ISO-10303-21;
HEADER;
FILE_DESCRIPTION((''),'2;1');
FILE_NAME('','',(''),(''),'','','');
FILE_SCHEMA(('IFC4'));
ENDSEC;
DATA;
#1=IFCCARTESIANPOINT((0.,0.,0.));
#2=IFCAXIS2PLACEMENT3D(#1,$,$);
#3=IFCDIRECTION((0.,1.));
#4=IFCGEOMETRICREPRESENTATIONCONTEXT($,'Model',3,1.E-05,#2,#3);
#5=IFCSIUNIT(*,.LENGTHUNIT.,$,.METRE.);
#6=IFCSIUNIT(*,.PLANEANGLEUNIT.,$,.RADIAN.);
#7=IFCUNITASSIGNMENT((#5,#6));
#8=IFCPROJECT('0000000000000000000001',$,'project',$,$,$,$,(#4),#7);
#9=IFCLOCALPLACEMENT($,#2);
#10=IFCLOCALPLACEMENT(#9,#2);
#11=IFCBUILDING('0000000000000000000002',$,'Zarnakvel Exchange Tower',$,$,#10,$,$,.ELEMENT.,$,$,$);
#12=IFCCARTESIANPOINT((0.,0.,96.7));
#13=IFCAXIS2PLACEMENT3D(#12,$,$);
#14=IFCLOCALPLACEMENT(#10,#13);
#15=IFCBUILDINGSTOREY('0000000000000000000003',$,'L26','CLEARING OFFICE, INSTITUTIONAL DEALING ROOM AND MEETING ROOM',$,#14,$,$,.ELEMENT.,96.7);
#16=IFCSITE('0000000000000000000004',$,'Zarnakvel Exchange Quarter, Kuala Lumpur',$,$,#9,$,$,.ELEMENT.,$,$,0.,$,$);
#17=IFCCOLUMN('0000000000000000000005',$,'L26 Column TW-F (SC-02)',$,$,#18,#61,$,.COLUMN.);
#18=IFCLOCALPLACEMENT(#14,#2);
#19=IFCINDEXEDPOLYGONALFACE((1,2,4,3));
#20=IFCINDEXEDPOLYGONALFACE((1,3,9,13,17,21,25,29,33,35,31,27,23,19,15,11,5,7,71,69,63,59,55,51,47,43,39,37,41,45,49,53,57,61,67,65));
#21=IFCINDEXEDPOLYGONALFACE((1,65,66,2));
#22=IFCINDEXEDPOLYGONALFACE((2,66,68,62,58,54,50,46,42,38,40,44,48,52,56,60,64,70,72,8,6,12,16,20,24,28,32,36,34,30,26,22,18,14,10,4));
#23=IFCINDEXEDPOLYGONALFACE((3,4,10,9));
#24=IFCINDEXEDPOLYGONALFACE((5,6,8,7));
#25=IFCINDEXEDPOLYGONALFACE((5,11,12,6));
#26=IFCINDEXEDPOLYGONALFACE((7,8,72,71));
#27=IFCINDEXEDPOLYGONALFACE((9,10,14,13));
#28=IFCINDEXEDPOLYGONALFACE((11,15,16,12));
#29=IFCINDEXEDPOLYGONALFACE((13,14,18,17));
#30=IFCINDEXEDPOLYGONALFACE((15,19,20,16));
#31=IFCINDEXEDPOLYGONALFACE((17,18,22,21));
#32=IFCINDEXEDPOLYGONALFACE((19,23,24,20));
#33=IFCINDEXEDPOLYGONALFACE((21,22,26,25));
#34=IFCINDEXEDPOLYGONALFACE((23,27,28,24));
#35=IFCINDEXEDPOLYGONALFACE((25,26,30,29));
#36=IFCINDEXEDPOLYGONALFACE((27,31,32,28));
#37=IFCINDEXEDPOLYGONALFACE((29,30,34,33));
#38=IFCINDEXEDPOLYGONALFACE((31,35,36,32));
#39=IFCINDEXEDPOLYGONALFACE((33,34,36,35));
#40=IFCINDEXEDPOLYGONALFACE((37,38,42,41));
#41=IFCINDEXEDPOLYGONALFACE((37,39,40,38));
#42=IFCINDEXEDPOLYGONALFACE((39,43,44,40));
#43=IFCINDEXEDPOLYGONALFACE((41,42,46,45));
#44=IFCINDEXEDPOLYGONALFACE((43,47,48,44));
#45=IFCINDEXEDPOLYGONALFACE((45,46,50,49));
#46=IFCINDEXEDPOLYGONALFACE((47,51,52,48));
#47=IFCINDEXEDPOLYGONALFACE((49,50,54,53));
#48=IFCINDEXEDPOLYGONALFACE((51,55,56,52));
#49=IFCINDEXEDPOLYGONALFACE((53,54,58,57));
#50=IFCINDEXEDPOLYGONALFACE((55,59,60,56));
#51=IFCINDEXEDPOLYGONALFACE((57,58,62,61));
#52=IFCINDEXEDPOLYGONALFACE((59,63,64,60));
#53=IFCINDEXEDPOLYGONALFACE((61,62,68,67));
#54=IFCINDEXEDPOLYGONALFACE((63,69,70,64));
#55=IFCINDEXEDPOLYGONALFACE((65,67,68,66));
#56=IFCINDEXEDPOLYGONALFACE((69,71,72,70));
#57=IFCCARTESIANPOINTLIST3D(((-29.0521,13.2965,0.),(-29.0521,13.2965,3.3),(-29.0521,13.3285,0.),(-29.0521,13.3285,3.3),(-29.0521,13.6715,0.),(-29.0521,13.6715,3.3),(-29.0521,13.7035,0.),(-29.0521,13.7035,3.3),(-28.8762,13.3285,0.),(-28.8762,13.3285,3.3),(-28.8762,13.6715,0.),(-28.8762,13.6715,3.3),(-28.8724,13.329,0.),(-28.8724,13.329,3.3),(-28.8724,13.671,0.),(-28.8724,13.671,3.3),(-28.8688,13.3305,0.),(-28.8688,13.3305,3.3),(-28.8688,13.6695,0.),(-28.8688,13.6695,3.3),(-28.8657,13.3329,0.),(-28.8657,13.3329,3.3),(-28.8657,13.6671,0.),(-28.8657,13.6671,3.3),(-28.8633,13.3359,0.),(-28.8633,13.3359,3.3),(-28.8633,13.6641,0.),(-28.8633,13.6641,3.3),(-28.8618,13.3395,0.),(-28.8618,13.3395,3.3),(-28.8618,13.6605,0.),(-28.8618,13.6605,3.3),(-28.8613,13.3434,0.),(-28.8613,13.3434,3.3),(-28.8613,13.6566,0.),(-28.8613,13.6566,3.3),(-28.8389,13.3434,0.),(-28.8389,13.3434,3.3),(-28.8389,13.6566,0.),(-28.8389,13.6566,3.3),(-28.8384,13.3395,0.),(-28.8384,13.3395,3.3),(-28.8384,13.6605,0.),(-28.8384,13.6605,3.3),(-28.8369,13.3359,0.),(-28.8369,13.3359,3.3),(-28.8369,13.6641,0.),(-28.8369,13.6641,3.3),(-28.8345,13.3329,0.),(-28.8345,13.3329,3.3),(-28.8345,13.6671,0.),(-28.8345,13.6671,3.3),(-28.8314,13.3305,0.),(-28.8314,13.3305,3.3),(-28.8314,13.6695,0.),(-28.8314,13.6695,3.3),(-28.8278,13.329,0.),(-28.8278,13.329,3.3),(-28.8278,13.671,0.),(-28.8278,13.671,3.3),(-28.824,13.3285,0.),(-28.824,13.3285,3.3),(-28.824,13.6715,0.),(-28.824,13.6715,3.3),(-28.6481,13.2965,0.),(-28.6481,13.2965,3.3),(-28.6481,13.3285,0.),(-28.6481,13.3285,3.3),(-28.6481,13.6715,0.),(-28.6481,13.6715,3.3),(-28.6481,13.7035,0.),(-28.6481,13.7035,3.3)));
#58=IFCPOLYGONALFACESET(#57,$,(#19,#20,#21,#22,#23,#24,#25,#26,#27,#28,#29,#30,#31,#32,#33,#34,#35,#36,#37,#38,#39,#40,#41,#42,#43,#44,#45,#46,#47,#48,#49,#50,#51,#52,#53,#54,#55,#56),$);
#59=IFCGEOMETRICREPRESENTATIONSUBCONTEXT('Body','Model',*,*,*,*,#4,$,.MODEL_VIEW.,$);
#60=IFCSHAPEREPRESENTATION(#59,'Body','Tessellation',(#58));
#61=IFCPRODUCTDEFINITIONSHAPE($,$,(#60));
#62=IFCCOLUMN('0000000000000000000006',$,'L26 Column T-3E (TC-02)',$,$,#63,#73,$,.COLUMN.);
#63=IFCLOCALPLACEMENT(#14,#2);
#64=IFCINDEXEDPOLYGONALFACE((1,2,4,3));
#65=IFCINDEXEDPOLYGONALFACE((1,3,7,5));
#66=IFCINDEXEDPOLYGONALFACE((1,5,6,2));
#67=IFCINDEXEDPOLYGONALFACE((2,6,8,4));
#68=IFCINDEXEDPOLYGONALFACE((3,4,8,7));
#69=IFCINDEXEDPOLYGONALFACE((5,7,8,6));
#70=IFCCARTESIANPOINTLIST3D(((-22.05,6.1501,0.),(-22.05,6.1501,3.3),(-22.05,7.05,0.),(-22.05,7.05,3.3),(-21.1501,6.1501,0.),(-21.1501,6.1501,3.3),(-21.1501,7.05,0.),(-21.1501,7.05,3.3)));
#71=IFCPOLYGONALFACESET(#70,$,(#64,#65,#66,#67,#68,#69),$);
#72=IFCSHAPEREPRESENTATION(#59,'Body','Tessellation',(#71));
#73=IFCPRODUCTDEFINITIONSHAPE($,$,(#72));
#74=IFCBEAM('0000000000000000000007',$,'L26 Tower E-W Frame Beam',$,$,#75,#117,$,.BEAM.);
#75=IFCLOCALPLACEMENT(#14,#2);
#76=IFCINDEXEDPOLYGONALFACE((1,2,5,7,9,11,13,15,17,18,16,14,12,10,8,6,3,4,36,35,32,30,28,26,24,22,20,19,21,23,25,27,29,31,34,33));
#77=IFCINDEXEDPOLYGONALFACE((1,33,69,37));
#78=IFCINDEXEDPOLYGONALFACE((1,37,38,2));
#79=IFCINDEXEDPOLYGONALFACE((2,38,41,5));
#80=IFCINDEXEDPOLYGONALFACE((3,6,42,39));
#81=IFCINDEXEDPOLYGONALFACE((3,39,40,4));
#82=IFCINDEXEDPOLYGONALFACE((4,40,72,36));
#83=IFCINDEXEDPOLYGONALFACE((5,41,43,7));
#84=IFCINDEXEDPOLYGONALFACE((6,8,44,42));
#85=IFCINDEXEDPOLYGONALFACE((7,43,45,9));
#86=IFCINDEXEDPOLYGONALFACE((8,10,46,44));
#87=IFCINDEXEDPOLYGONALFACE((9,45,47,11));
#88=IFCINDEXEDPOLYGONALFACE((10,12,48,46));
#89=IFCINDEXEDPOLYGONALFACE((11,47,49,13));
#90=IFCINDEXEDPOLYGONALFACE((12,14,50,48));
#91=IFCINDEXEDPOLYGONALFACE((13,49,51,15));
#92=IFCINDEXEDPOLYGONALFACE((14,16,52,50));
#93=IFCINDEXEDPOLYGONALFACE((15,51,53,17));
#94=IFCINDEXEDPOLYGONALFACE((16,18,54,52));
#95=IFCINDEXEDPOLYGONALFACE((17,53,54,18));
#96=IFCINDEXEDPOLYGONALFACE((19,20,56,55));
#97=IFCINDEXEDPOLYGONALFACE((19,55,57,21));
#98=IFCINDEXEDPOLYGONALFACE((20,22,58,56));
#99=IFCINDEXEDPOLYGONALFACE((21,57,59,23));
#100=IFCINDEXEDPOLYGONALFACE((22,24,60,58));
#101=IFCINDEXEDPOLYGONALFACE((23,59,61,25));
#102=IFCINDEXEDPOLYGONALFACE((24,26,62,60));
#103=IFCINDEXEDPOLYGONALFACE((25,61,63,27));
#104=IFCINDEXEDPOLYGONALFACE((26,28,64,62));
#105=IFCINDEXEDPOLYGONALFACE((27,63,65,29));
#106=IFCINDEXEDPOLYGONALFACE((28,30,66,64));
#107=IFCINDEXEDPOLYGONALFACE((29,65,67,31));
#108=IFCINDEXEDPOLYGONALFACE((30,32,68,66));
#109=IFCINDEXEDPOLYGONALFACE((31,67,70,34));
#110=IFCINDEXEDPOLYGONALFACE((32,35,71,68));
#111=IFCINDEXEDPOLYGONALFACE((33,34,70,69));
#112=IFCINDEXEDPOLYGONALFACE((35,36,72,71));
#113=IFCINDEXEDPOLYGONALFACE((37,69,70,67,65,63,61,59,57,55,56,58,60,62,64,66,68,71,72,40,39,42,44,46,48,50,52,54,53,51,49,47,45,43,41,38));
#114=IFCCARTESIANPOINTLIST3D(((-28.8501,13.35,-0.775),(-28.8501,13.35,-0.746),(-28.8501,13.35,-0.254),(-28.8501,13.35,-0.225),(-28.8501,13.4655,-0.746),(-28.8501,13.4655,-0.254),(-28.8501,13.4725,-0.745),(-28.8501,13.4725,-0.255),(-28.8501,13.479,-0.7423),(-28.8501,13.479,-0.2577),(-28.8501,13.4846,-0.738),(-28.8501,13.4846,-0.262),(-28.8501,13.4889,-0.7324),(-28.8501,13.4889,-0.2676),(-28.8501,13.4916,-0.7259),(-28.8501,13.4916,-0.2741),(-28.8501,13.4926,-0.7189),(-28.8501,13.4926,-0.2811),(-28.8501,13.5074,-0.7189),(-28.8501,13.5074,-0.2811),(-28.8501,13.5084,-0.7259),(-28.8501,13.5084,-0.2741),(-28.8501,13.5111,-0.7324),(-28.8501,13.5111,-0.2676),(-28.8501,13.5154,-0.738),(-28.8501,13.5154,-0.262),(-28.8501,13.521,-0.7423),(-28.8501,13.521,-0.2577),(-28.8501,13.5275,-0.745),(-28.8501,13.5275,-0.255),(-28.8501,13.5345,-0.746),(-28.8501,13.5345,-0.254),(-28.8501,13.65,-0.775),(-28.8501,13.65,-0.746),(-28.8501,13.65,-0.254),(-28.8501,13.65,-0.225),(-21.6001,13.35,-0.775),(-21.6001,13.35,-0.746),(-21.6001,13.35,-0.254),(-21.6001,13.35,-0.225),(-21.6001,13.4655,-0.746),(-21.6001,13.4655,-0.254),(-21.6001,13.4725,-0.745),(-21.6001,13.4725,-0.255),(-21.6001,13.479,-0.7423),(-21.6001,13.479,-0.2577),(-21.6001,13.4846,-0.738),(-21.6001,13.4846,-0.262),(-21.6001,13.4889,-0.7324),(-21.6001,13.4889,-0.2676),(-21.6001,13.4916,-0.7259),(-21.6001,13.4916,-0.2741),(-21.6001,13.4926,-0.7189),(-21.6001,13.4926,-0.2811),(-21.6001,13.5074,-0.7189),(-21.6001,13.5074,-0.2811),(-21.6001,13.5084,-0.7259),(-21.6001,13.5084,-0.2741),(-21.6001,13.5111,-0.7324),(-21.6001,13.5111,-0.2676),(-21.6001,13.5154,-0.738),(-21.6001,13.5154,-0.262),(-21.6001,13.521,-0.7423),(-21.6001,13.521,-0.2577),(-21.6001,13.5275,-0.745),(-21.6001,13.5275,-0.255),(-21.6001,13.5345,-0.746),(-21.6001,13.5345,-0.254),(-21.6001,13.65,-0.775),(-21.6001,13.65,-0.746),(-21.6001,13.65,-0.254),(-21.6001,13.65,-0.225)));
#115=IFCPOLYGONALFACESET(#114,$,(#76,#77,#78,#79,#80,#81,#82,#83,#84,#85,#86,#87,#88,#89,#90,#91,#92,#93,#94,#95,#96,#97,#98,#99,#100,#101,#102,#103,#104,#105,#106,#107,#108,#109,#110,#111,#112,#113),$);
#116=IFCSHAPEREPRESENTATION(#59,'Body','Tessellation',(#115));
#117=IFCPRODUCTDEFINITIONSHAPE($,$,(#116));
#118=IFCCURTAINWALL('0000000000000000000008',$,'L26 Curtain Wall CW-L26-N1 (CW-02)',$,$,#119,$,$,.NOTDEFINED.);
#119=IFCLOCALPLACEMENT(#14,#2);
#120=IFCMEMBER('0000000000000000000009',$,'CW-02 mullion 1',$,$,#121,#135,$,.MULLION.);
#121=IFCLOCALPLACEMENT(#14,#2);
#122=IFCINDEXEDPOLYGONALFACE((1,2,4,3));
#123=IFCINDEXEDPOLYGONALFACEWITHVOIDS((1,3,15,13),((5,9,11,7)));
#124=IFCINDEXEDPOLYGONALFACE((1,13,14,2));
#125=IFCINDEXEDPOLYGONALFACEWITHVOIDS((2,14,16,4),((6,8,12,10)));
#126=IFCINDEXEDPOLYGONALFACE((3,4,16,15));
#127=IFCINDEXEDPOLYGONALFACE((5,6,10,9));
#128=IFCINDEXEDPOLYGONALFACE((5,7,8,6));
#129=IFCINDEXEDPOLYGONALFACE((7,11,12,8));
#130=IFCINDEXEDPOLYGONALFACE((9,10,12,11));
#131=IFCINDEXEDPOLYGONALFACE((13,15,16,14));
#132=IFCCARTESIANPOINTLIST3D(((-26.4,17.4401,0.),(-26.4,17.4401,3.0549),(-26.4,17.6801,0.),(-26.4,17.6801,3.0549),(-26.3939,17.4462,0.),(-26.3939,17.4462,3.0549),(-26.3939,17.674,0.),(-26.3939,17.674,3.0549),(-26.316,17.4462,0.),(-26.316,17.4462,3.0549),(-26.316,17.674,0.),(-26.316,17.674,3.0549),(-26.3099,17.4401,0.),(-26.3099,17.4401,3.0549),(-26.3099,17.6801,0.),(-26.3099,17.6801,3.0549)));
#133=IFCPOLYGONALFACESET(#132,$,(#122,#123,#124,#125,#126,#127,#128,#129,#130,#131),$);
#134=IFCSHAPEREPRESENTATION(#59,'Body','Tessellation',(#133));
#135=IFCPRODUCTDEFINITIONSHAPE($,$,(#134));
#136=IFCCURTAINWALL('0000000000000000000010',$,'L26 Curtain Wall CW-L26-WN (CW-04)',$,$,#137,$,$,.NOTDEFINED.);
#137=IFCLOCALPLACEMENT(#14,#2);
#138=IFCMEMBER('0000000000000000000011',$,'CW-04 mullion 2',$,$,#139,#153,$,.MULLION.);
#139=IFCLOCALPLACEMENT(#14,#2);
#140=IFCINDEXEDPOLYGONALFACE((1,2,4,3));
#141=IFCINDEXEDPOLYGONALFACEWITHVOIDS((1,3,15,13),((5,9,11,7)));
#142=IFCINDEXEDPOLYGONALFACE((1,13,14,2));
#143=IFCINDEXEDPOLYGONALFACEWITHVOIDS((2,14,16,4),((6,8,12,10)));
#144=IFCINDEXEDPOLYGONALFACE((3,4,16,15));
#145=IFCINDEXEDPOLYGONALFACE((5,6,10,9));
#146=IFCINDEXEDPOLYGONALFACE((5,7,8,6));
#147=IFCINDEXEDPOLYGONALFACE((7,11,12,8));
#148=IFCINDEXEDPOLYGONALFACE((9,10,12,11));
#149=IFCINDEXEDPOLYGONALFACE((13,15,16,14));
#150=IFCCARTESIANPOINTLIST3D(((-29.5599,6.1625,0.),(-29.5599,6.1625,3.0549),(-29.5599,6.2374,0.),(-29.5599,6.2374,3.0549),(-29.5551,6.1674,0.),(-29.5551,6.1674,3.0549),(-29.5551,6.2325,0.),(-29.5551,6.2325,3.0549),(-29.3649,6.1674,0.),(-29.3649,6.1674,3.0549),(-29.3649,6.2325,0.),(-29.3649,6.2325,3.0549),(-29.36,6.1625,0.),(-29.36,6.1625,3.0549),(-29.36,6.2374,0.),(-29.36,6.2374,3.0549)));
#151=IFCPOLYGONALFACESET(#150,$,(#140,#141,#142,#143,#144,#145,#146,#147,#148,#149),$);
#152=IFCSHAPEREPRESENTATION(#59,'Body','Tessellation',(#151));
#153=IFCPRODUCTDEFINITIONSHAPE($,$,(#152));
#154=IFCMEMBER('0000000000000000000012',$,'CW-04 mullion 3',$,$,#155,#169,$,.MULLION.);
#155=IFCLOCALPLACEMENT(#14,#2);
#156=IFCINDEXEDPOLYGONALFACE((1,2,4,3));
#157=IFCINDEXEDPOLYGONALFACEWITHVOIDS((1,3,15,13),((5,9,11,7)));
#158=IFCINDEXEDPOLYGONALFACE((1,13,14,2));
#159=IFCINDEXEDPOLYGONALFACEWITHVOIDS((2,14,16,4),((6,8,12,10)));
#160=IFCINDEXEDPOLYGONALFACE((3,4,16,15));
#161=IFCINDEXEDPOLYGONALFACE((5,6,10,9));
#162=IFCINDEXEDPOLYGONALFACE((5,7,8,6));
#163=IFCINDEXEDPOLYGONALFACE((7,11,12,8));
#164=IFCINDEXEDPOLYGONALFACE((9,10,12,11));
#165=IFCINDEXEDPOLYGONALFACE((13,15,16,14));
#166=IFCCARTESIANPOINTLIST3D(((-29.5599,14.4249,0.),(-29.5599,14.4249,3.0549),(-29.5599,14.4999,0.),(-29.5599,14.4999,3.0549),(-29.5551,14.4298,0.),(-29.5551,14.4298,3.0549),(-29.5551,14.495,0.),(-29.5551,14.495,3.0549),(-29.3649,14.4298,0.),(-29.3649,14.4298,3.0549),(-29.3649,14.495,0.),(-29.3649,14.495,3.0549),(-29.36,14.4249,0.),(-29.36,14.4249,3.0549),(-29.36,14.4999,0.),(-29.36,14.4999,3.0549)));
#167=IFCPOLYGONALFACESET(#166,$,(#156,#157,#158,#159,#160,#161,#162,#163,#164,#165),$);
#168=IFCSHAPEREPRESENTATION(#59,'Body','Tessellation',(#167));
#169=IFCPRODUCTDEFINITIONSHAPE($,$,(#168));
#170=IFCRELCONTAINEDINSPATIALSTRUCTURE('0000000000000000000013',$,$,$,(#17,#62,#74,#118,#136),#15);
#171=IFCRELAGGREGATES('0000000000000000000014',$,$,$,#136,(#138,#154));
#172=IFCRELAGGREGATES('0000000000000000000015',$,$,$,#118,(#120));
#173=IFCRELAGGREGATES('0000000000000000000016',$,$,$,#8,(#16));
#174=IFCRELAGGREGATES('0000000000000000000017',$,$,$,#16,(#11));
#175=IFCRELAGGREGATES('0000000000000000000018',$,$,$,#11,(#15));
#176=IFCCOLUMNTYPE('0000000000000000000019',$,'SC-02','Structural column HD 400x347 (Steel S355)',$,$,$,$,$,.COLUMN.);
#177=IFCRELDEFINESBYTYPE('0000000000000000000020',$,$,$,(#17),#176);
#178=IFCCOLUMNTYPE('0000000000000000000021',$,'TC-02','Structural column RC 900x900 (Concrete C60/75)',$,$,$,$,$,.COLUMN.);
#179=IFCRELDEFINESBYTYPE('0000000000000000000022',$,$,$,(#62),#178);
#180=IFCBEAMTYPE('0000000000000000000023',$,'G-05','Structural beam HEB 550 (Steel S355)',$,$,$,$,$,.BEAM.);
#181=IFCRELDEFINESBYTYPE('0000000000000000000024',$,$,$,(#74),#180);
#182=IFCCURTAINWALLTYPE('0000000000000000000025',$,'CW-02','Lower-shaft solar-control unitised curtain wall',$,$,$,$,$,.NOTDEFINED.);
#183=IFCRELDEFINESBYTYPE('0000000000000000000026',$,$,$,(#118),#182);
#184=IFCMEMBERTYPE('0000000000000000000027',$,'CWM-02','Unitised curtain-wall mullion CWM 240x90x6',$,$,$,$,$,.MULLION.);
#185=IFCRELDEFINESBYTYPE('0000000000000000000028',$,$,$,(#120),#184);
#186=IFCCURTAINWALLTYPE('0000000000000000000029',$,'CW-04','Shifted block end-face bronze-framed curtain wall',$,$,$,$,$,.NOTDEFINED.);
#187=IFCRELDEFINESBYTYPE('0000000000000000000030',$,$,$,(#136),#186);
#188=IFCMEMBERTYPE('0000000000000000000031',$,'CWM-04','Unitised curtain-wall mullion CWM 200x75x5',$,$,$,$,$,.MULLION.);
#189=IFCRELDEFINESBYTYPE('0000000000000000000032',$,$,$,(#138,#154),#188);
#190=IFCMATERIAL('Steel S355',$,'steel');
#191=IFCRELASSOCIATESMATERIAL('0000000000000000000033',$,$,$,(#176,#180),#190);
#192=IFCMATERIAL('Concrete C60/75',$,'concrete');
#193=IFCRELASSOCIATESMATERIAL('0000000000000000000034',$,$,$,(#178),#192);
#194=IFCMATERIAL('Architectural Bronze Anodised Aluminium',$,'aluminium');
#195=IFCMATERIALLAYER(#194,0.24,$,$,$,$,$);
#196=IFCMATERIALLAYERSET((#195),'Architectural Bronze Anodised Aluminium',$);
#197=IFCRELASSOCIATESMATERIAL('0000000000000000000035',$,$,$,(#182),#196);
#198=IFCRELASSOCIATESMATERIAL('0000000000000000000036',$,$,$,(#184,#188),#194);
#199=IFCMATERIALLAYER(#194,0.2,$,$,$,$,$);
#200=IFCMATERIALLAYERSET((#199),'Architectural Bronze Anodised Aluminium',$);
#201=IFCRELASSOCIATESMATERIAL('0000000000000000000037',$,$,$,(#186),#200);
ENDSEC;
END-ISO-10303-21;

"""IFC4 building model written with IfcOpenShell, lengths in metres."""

from ifc_helpers import new_model, si_unit, direction, frame, origin, origin_2d, place, context, subcontext, project, spatial, rectangle, hollow_rectangle, i_section, extrude, source, transform, mapped, material, layer, layer_set, material_profile, profile_set, type_object, element, aggregate, save


model = new_model("IFC4")

# Units and contexts
model_context = context("Model", 3, precision=1e-05, world=origin(), true_north=direction((0.0, 1.0)))
body_context = subcontext(model_context, "Body", "Model", "MODEL_VIEW")
ifc_project = project(units=[si_unit("LENGTHUNIT", "METRE"), si_unit("PLANEANGLEUNIT", "RADIAN")], contexts=[model_context])

# Site, building, storey
site_placement = place(None, origin())
site = spatial("IfcSite", under=ifc_project, at=site_placement, Name="Zarnakvel Exchange Quarter, Kuala Lumpur", CompositionType="ELEMENT", RefElevation=0.0)
building_placement = place(site_placement, origin())
building = spatial("IfcBuilding", under=site, at=building_placement, Name="Zarnakvel Exchange Tower", CompositionType="ELEMENT")
storey_placement = place(building_placement, frame((0.0, 0.0, 96.7)))
storey = spatial("IfcBuildingStorey", under=building, at=storey_placement, Name="L26", Description="CLEARING OFFICE, INSTITUTIONAL DEALING ROOM AND MEETING ROOM", CompositionType="ELEMENT", Elevation=96.7)

# Columns
ifc_material_1 = material(Name="Steel S355", Category="steel")
ifc_material_profile_1 = material_profile(ifc_material_1, i_section(OverallWidth=0.4041, OverallDepth=0.407, WebThickness=0.0225, FlangeThickness=0.032, FilletRadius=0.0149, at=origin_2d()))
ifc_profile_set_1 = profile_set([ifc_material_profile_1], Name="Steel S355")
column_type_1 = type_object("IfcColumnType", Name="SC-02", Description="Structural column HD 400x347 (Steel S355)", PredefinedType="COLUMN", material=ifc_profile_set_1)
column_1_placement = place(storey_placement, frame((-28.8501, 13.5, 0.0), z_axis=(0.0, 0.0, 1.0), x_axis=(1.0, 0.0, 0.0)))
element("IfcColumn", 1, at=column_1_placement, inside=storey, type_object=column_type_1, Name="L26 Column TW-F (SC-02)", PredefinedType="COLUMN", context=body_context, shape_type="SweptSolid", body=[
    extrude(i_section(OverallWidth=0.4041, OverallDepth=0.407, WebThickness=0.0225, FlangeThickness=0.032, FilletRadius=0.0149, at=origin_2d()), origin(), (0.0, 0.0, 1.0), 3.3),
])
ifc_material_2 = material(Name="Concrete C60/75", Category="concrete")
ifc_material_profile_2 = material_profile(ifc_material_2, rectangle(XDim=0.8999, YDim=0.8999, at=origin_2d()))
ifc_profile_set_2 = profile_set([ifc_material_profile_2], Name="Concrete C60/75")
column_type_2 = type_object("IfcColumnType", Name="TC-02", Description="Structural column RC 900x900 (Concrete C60/75)", PredefinedType="COLUMN", material=ifc_profile_set_2)
column_2_placement = place(storey_placement, frame((-21.6001, 6.6001, 0.0), z_axis=(0.0, 0.0, 1.0), x_axis=(1.0, 0.0, 0.0)))
element("IfcColumn", 2, at=column_2_placement, inside=storey, type_object=column_type_2, Name="L26 Column T-3E (TC-02)", PredefinedType="COLUMN", context=body_context, shape_type="SweptSolid", body=[
    extrude(rectangle(XDim=0.8999, YDim=0.8999, at=origin_2d()), origin(), (0.0, 0.0, 1.0), 3.3),
])

# Beam
ifc_material_profile_3 = material_profile(ifc_material_1, i_section(OverallWidth=0.3, OverallDepth=0.55, WebThickness=0.0149, FlangeThickness=0.0291, FilletRadius=0.0271, at=origin_2d()))
ifc_profile_set_3 = profile_set([ifc_material_profile_3], Name="Steel S355")
beam_type = type_object("IfcBeamType", Name="G-05", Description="Structural beam HEB 550 (Steel S355)", PredefinedType="BEAM", material=ifc_profile_set_3)
beam_placement = place(storey_placement, frame((-28.8501, 13.5, -0.5), z_axis=(1.0, 0.0, 0.0), x_axis=(0.0, 1.0, 0.0)))
element("IfcBeam", 3, at=beam_placement, inside=storey, type_object=beam_type, Name="L26 Tower E-W Frame Beam", PredefinedType="BEAM", context=body_context, shape_type="SweptSolid", body=[
    extrude(i_section(OverallWidth=0.3, OverallDepth=0.55, WebThickness=0.0149, FlangeThickness=0.0291, FilletRadius=0.0271, at=origin_2d()), origin(), (0.0, 0.0, 1.0), 7.25),
])

# Curtain wall, member
ifc_material_3 = material(Name="Architectural Bronze Anodised Aluminium", Category="aluminium")
ifc_layer_1 = layer(ifc_material_3, 0.24)
ifc_layer_set_1 = layer_set([ifc_layer_1], Name="Architectural Bronze Anodised Aluminium")
curtain_wall_type_1 = type_object("IfcCurtainWallType", Name="CW-02", Description="Lower-shaft solar-control unitised curtain wall", PredefinedType="NOTDEFINED", material=ifc_layer_set_1)
curtain_wall_1_placement = place(storey_placement, origin())
curtain_wall_1 = element("IfcCurtainWall", 4, at=curtain_wall_1_placement, inside=storey, type_object=curtain_wall_type_1, Name="L26 Curtain Wall CW-L26-N1 (CW-02)", PredefinedType="NOTDEFINED")
ifc_material_profile_4 = material_profile(ifc_material_3, hollow_rectangle(XDim=0.24, YDim=0.0901, WallThickness=0.0061, at=origin_2d()))
ifc_profile_set_4 = profile_set([ifc_material_profile_4], Name="Architectural Bronze Anodised Aluminium")
member_type_1 = type_object("IfcMemberType", Name="CWM-02", Description="Unitised curtain-wall mullion CWM 240x90x6", PredefinedType="MULLION", material=ifc_profile_set_4)
shared_shape_1 = source(origin(), body_context, "Body", "SweptSolid", [
    extrude(hollow_rectangle(XDim=0.24, YDim=0.0901, WallThickness=0.0061, at=origin_2d()), origin(), (0.0, 0.0, 1.0), 3.0549),
])
member_1_placement = place(storey_placement, frame((-26.355, 17.5601, 0.0), z_axis=(0.0, 0.0, 1.0), x_axis=(0.0, 1.0, 0.0)))
member_1 = element("IfcMember", 5, at=member_1_placement, type_object=member_type_1, Name="CW-02 mullion 1", PredefinedType="MULLION", context=body_context, shape_type="MappedRepresentation", body=[
    mapped(shared_shape_1, transform((0.0, 0.0, 0.0), x_axis=(1.0, 0.0, 0.0), y_axis=(0.0, 1.0, 0.0), z_axis=(0.0, 0.0, 1.0), scale=1.0)),
])

# Curtain wall, members
ifc_layer_2 = layer(ifc_material_3, 0.2)
ifc_layer_set_2 = layer_set([ifc_layer_2], Name="Architectural Bronze Anodised Aluminium")
curtain_wall_type_2 = type_object("IfcCurtainWallType", Name="CW-04", Description="Shifted block end-face bronze-framed curtain wall", PredefinedType="NOTDEFINED", material=ifc_layer_set_2)
curtain_wall_2_placement = place(storey_placement, origin())
curtain_wall_2 = element("IfcCurtainWall", 6, at=curtain_wall_2_placement, inside=storey, type_object=curtain_wall_type_2, Name="L26 Curtain Wall CW-L26-WN (CW-04)", PredefinedType="NOTDEFINED")
ifc_material_profile_5 = material_profile(ifc_material_3, hollow_rectangle(XDim=0.2, YDim=0.075, WallThickness=0.0049, at=origin_2d()))
ifc_profile_set_5 = profile_set([ifc_material_profile_5], Name="Architectural Bronze Anodised Aluminium")
member_type_2 = type_object("IfcMemberType", Name="CWM-04", Description="Unitised curtain-wall mullion CWM 200x75x5", PredefinedType="MULLION", material=ifc_profile_set_5)
shared_shape_2 = source(origin(), body_context, "Body", "SweptSolid", [
    extrude(hollow_rectangle(XDim=0.2, YDim=0.075, WallThickness=0.0049, at=origin_2d()), origin(), (0.0, 0.0, 1.0), 3.0549),
])
member_2_placement = place(storey_placement, frame((-29.46, 6.2, 0.0), z_axis=(0.0, 0.0, 1.0), x_axis=(-1.0, 0.0, 0.0)))
member_2 = element("IfcMember", 7, at=member_2_placement, type_object=member_type_2, Name="CW-04 mullion 2", PredefinedType="MULLION", context=body_context, shape_type="MappedRepresentation", body=[
    mapped(shared_shape_2, transform((0.0, 0.0, 0.0), x_axis=(1.0, 0.0, 0.0), y_axis=(0.0, 1.0, 0.0), z_axis=(0.0, 0.0, 1.0), scale=1.0)),
])
member_3_placement = place(storey_placement, frame((-29.46, 14.4624, 0.0), z_axis=(0.0, 0.0, 1.0), x_axis=(-1.0, 0.0, 0.0)))
member_3 = element("IfcMember", 8, at=member_3_placement, type_object=member_type_2, Name="CW-04 mullion 3", PredefinedType="MULLION", context=body_context, shape_type="MappedRepresentation", body=[
    mapped(shared_shape_2, transform((0.0, 0.0, 0.0), x_axis=(1.0, 0.0, 0.0), y_axis=(0.0, 1.0, 0.0), z_axis=(0.0, 0.0, 1.0), scale=1.0)),
])

aggregate(curtain_wall_2, [member_2, member_3])
aggregate(curtain_wall_1, [member_1])

save(model, "model.ifc")
